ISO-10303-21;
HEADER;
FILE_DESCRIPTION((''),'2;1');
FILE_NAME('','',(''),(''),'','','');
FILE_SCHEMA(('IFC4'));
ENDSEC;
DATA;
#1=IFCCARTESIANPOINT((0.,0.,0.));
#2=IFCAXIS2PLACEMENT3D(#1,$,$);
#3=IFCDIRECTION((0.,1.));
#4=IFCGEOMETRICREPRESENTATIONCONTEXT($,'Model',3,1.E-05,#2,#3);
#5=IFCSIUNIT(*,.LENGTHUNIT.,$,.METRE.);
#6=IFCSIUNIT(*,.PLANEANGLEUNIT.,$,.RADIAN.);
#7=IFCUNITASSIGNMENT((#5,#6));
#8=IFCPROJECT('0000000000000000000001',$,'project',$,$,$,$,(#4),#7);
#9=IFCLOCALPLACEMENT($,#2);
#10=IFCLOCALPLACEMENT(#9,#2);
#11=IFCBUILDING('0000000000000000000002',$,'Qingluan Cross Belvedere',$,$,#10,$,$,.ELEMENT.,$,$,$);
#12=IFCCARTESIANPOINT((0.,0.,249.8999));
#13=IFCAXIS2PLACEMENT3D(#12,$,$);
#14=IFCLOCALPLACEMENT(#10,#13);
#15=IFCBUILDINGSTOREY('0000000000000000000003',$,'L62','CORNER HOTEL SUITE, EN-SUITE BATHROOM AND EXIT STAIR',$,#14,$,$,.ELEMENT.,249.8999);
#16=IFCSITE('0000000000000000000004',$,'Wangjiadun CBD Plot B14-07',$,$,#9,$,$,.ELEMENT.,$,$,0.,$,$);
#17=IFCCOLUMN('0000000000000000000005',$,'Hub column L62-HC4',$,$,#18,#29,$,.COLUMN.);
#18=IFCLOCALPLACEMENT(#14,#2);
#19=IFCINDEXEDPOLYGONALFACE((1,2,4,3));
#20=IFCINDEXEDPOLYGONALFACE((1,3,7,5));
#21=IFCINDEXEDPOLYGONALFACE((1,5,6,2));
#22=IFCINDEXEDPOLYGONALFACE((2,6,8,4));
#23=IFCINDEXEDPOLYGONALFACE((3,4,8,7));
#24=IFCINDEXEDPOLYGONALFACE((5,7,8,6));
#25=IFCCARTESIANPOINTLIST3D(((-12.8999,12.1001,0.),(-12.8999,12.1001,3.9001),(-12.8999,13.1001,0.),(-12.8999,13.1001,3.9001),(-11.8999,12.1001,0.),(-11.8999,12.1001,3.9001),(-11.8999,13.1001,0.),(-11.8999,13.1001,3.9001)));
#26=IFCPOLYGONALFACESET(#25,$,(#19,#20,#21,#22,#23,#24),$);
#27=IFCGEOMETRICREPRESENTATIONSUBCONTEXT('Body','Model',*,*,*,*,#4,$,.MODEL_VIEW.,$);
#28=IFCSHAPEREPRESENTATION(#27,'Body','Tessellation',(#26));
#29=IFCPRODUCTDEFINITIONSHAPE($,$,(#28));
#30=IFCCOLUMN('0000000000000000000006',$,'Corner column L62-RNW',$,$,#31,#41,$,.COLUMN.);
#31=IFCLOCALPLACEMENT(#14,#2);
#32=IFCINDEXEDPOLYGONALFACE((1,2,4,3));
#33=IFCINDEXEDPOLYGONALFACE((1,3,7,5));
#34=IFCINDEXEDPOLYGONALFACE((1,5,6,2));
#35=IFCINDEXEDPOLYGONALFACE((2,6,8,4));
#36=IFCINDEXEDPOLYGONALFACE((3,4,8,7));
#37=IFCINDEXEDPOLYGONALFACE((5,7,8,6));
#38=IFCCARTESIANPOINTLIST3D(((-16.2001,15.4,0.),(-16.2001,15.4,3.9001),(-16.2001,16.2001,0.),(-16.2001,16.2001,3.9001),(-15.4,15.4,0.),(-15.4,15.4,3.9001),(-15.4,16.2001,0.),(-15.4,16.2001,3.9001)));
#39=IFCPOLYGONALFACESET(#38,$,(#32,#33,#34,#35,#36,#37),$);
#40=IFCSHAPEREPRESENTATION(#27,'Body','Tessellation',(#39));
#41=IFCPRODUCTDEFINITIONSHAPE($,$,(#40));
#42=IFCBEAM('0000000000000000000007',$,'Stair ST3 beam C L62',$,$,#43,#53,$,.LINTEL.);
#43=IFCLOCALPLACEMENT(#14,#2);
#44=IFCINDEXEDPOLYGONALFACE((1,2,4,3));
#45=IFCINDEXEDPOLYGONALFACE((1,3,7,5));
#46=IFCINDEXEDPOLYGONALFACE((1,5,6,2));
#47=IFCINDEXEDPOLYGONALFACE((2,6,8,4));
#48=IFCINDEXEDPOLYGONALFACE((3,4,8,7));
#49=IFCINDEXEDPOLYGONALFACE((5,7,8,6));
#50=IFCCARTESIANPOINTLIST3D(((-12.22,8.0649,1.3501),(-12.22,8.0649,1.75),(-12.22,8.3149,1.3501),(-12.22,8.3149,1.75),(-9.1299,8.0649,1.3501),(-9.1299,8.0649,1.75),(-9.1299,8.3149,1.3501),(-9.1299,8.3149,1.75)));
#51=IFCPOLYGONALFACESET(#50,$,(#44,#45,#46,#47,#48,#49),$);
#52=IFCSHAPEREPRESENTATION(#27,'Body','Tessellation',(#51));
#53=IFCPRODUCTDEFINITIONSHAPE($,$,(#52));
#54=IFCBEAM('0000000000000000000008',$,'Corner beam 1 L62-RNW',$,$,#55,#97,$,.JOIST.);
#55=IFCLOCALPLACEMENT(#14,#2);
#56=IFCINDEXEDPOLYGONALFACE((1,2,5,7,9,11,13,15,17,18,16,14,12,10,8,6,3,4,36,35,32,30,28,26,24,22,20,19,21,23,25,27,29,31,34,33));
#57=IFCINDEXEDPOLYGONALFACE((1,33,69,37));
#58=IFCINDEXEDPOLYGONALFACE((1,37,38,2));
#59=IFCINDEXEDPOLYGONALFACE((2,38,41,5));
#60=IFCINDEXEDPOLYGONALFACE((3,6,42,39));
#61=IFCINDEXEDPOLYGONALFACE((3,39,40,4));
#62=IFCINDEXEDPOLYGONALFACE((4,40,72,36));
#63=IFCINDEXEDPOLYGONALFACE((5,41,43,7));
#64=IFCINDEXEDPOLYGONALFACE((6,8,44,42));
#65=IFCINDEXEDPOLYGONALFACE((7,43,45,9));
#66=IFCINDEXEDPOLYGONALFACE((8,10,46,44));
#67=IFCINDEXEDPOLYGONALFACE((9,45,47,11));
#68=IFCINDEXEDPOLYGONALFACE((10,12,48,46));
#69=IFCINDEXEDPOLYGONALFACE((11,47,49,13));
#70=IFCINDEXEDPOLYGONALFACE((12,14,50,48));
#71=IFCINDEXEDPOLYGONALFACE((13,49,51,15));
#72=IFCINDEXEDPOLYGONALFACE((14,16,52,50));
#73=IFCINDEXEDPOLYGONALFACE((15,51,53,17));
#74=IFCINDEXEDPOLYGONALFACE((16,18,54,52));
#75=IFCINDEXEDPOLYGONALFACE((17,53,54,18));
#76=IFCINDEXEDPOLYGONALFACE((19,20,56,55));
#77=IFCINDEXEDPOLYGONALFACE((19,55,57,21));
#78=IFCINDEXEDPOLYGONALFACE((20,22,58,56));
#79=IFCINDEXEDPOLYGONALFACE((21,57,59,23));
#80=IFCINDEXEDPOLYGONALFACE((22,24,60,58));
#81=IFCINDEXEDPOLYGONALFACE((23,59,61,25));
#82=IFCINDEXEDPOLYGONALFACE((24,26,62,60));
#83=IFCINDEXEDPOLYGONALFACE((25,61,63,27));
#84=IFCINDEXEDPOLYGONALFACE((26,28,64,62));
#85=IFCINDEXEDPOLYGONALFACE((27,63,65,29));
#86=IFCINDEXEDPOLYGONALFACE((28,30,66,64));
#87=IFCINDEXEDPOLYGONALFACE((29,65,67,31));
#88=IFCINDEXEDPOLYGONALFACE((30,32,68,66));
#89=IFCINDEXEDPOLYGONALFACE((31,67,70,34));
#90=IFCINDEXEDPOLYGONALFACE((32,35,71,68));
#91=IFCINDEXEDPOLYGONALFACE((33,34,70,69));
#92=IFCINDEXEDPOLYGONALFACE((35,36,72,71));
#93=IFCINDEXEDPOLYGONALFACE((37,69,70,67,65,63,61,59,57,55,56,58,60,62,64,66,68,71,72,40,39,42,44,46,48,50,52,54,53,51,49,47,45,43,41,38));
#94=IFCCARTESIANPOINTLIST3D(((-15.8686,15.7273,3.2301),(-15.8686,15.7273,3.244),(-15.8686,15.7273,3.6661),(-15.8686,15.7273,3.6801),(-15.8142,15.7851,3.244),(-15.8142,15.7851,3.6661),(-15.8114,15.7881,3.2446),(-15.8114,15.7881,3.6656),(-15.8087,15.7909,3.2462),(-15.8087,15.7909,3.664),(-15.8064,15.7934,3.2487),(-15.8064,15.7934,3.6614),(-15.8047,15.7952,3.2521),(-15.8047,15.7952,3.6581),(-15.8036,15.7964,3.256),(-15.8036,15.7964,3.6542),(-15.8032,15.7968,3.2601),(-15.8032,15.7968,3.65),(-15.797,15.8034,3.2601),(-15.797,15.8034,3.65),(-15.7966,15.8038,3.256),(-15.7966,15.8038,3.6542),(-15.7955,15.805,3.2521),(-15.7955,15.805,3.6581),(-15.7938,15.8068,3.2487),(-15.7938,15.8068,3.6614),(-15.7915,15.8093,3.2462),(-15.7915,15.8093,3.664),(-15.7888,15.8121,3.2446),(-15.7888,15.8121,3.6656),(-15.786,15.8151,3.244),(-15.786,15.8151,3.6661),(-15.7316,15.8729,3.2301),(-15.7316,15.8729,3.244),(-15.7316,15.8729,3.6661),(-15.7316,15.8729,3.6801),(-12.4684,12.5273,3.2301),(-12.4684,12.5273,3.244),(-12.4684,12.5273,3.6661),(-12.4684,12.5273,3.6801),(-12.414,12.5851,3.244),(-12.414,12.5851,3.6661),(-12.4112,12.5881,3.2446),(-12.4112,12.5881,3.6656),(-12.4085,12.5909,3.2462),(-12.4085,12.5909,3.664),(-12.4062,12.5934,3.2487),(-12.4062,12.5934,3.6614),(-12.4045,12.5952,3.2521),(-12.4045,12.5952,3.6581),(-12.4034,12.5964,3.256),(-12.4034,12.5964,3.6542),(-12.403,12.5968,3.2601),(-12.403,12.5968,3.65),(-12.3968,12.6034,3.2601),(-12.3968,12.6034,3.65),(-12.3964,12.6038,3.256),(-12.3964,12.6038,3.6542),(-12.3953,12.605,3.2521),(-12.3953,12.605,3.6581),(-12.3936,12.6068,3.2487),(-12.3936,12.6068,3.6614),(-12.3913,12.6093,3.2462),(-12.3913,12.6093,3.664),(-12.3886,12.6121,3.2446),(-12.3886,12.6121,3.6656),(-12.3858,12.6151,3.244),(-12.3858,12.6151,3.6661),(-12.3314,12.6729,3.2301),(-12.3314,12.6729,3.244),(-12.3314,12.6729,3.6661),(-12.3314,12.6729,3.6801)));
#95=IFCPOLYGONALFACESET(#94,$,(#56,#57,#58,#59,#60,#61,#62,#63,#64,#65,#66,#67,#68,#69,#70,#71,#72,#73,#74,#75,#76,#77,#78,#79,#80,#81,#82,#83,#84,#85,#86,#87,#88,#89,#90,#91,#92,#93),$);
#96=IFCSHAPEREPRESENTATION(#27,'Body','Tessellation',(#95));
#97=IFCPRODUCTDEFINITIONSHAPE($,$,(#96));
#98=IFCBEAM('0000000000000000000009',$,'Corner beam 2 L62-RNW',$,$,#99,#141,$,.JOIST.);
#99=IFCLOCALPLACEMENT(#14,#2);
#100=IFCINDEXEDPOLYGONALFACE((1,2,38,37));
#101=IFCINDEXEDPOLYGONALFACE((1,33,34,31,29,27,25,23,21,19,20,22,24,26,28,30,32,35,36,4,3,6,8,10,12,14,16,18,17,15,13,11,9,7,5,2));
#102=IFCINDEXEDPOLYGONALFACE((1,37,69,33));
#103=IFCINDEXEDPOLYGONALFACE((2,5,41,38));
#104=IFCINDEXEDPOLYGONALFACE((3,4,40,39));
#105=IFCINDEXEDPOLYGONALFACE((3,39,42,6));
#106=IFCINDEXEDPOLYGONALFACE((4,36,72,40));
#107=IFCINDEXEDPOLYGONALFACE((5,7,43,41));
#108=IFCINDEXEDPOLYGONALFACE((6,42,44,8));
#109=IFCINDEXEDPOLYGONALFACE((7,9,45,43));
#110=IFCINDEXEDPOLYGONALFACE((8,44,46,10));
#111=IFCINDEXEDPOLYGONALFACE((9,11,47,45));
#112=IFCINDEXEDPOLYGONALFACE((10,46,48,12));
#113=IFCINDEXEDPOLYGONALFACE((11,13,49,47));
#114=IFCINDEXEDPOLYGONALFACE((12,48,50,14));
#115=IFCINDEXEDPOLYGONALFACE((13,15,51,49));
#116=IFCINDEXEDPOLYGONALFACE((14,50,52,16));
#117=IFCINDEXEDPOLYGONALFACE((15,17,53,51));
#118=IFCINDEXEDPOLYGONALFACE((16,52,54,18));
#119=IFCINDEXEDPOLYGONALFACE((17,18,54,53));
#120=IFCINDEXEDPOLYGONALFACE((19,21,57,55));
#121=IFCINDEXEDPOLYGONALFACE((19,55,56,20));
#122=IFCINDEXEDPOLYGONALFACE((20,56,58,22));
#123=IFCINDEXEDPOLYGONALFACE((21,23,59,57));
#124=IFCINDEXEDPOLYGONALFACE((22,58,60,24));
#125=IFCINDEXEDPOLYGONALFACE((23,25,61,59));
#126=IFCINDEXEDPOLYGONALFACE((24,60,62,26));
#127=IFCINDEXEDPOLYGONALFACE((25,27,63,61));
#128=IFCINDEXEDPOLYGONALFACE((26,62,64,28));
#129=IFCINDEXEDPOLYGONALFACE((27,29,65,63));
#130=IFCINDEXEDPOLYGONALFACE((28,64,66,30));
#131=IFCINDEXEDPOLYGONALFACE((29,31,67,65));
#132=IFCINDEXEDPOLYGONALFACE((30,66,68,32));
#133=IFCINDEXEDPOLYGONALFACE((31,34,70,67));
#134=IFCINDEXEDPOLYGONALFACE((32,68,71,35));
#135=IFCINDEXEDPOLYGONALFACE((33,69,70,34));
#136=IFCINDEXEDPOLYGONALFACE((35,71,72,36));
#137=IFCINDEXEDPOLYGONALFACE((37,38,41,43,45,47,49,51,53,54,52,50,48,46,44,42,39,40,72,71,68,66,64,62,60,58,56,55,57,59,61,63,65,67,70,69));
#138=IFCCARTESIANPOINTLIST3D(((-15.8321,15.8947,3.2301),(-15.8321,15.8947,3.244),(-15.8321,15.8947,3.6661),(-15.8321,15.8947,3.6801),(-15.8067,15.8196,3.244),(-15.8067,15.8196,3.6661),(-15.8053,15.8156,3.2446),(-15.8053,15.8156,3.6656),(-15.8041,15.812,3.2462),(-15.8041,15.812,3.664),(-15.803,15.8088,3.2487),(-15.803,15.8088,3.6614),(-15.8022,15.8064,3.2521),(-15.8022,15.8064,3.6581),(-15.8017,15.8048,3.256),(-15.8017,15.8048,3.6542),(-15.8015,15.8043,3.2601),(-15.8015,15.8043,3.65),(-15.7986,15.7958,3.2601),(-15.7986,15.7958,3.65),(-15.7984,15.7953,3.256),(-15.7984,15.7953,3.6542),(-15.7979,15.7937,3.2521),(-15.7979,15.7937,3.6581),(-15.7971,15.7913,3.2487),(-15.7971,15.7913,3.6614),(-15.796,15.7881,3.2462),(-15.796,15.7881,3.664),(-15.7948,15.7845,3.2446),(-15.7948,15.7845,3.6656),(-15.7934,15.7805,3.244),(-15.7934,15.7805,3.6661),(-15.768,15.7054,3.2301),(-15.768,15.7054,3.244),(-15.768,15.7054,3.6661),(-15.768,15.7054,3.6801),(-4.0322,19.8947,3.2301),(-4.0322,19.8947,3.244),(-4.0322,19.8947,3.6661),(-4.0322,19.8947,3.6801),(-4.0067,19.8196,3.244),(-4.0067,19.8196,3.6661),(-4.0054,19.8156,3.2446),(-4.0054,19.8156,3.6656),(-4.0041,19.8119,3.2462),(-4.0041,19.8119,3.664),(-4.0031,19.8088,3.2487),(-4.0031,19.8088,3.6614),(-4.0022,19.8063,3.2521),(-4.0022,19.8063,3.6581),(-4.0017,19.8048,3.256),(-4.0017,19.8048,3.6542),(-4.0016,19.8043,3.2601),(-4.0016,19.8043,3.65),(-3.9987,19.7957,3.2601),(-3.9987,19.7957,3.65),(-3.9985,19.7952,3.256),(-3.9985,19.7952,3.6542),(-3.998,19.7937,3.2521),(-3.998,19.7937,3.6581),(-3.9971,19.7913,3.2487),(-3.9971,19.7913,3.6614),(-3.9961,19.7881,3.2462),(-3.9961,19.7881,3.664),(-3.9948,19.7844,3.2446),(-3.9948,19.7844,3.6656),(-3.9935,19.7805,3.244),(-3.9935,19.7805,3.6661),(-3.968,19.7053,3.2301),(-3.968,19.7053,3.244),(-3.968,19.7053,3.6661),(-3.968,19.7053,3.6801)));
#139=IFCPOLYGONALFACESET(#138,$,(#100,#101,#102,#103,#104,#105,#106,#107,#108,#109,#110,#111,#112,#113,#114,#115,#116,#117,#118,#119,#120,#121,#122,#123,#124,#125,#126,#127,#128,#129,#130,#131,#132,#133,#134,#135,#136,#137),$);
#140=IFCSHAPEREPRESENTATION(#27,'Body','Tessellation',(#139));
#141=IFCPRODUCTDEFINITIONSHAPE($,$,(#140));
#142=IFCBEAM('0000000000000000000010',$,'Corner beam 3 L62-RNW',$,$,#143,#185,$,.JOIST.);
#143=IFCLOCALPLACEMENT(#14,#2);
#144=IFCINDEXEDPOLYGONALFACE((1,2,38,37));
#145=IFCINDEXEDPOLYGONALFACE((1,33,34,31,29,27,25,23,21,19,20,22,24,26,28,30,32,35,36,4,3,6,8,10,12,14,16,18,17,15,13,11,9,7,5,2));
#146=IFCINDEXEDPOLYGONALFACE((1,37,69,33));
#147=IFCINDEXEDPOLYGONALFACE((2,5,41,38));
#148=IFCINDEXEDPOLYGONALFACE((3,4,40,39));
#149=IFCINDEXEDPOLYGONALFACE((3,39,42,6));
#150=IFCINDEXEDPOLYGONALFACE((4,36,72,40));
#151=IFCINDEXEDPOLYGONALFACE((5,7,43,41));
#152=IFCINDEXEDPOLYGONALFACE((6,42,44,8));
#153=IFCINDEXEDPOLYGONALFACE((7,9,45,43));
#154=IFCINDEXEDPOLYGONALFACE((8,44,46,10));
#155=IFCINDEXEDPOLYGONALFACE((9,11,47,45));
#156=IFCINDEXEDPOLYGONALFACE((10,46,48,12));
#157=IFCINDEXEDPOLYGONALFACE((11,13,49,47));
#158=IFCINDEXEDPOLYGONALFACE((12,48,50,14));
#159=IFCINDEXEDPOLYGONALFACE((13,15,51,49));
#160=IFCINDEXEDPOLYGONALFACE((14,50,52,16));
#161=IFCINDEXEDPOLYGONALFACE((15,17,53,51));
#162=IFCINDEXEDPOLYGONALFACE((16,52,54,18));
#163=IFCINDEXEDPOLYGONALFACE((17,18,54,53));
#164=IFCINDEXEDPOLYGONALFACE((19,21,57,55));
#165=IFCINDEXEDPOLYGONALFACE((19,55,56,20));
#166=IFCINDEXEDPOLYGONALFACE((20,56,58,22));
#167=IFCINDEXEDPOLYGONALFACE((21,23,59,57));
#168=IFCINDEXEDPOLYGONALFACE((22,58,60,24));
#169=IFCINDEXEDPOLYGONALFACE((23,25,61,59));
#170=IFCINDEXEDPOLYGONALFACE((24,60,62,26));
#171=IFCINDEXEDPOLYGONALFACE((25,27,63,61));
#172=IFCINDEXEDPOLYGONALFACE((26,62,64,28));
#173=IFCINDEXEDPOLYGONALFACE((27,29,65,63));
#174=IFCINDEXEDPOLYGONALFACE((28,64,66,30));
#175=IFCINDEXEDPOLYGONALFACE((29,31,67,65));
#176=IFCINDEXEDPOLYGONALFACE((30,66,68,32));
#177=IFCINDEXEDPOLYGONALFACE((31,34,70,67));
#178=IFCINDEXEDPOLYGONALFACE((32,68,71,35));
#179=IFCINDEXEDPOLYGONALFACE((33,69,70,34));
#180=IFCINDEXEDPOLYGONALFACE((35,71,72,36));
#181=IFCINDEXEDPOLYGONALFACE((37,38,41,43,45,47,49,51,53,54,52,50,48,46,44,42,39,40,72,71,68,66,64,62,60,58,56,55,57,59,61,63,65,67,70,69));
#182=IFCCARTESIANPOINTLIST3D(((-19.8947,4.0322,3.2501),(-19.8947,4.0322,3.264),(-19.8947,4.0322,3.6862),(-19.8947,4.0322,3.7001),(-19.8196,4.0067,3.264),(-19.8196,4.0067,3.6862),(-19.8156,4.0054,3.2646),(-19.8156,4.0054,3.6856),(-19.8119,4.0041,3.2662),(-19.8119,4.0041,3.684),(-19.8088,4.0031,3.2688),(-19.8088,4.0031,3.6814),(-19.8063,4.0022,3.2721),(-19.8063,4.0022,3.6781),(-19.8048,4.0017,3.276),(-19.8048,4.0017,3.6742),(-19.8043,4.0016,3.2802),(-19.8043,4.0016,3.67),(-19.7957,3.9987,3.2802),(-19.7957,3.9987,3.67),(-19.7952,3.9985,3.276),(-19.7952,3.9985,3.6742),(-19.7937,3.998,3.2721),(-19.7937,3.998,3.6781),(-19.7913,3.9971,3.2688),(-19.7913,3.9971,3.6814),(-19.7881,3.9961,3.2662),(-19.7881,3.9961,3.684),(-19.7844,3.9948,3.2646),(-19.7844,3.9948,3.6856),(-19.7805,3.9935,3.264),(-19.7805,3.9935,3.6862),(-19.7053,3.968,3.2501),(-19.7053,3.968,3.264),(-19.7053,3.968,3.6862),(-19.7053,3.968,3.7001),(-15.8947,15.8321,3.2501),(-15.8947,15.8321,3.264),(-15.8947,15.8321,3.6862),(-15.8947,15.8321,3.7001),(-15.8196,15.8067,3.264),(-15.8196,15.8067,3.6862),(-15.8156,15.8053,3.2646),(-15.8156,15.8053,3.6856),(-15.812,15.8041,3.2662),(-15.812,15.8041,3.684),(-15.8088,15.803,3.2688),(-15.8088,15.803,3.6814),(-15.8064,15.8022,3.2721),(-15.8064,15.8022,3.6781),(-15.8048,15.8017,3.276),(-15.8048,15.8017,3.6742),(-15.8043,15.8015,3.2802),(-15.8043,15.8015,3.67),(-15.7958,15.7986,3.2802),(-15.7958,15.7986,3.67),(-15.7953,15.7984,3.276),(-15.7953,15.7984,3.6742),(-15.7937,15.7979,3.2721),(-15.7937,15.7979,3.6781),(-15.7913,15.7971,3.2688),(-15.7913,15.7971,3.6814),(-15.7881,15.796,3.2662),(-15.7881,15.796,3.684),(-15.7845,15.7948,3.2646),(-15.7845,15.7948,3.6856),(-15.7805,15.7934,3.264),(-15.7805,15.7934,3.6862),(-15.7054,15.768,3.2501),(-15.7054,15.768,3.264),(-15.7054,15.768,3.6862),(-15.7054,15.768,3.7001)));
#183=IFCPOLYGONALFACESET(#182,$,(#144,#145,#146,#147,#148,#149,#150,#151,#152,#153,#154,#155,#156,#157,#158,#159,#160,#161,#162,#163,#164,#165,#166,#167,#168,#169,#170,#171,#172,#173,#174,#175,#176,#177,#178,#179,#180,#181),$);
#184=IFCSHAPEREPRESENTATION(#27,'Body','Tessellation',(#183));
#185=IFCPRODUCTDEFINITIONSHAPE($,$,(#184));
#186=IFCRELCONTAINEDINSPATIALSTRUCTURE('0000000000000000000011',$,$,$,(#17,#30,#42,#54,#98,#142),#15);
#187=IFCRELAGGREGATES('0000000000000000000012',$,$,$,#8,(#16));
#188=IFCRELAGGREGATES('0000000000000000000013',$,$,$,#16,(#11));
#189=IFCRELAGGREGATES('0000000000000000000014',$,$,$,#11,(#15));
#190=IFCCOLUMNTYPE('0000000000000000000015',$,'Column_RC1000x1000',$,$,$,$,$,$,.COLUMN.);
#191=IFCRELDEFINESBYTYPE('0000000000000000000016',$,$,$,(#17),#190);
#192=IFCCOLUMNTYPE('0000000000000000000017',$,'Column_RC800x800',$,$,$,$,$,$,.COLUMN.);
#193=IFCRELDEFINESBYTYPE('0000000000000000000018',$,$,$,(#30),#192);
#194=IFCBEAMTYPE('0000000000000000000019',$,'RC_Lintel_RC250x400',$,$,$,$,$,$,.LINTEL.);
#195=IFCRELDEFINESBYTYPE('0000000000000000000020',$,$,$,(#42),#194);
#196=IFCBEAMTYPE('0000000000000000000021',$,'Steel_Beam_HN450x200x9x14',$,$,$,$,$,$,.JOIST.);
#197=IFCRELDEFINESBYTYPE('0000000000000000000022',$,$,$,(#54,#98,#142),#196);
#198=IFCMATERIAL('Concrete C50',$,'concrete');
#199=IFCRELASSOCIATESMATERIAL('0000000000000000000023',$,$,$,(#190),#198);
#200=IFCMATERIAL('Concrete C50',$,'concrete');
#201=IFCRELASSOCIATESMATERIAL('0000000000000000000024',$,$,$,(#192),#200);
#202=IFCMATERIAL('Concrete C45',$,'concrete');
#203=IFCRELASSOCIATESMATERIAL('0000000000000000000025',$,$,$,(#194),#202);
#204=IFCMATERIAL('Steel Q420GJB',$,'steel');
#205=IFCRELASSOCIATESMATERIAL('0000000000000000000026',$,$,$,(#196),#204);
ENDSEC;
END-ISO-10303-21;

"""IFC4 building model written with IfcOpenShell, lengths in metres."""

from ifc_helpers import new_model, si_unit, direction, frame, origin, origin_2d, place, context, subcontext, project, spatial, rectangle, i_section, extrude, material, material_profile, profile_set, type_object, element, save


model = new_model("IFC4")

# Units and contexts
model_context = context("Model", 3, precision=1e-05, world=origin(), true_north=direction((0.0, 1.0)))
body_context = subcontext(model_context, "Body", "Model", "MODEL_VIEW")
ifc_project = project(units=[si_unit("LENGTHUNIT", "METRE"), si_unit("PLANEANGLEUNIT", "RADIAN")], contexts=[model_context])

# Site, building, storey
site_placement = place(None, origin())
site = spatial("IfcSite", under=ifc_project, at=site_placement, Name="Wangjiadun CBD Plot B14-07", CompositionType="ELEMENT", RefElevation=0.0)
building_placement = place(site_placement, origin())
building = spatial("IfcBuilding", under=site, at=building_placement, Name="Qingluan Cross Belvedere", CompositionType="ELEMENT")
storey_placement = place(building_placement, frame((0.0, 0.0, 249.8999)))
storey = spatial("IfcBuildingStorey", under=building, at=storey_placement, Name="L62", Description="CORNER HOTEL SUITE, EN-SUITE BATHROOM AND EXIT STAIR", CompositionType="ELEMENT", Elevation=249.8999)

# Columns
ifc_material_1 = material(Name="Concrete C50", Category="concrete")
ifc_material_profile_1 = material_profile(ifc_material_1, rectangle(XDim=1.0, YDim=1.0, at=origin_2d()), Name="RC1000x1000")
ifc_profile_set_1 = profile_set([ifc_material_profile_1], Name="Concrete C50")
column_type_1 = type_object("IfcColumnType", Name="Column_RC1000x1000", PredefinedType="COLUMN", material=ifc_profile_set_1)
column_1_placement = place(storey_placement, frame((-12.3999, 12.6001, 0.0), z_axis=(0.0, 0.0, 1.0), x_axis=(1.0, 0.0, 0.0)))
element("IfcColumn", 1, at=column_1_placement, inside=storey, type_object=column_type_1, Name="Hub column L62-HC4", PredefinedType="COLUMN", context=body_context, shape_type="SweptSolid", body=[
    extrude(rectangle(XDim=1.0, YDim=1.0, at=origin_2d()), origin(), (0.0, 0.0, 1.0), 3.9001),
])
ifc_material_2 = material(Name="Concrete C50", Category="concrete")
ifc_material_profile_2 = material_profile(ifc_material_2, rectangle(XDim=0.8, YDim=0.8, at=origin_2d()), Name="RC800x800")
ifc_profile_set_2 = profile_set([ifc_material_profile_2], Name="Concrete C50")
column_type_2 = type_object("IfcColumnType", Name="Column_RC800x800", PredefinedType="COLUMN", material=ifc_profile_set_2)
column_2_placement = place(storey_placement, frame((-15.8, 15.8, 0.0), z_axis=(0.0, 0.0, 1.0), x_axis=(1.0, 0.0, 0.0)))
element("IfcColumn", 2, at=column_2_placement, inside=storey, type_object=column_type_2, Name="Corner column L62-RNW", PredefinedType="COLUMN", context=body_context, shape_type="SweptSolid", body=[
    extrude(rectangle(XDim=0.8, YDim=0.8, at=origin_2d()), origin(), (0.0, 0.0, 1.0), 3.9001),
])

# Beams
ifc_material_3 = material(Name="Concrete C45", Category="concrete")
ifc_material_profile_3 = material_profile(ifc_material_3, rectangle(XDim=0.25, YDim=0.3999, at=origin_2d()), Name="RC250x400")
ifc_profile_set_3 = profile_set([ifc_material_profile_3], Name="Concrete C45")
beam_type_1 = type_object("IfcBeamType", Name="RC_Lintel_RC250x400", PredefinedType="LINTEL", material=ifc_profile_set_3)
beam_1_placement = place(storey_placement, frame((-12.22, 8.1899, 1.55), z_axis=(1.0, 0.0, 0.0), x_axis=(0.0, 1.0, 0.0)))
element("IfcBeam", 3, at=beam_1_placement, inside=storey, type_object=beam_type_1, Name="Stair ST3 beam C L62", PredefinedType="LINTEL", context=body_context, shape_type="SweptSolid", body=[
    extrude(rectangle(XDim=0.25, YDim=0.3999, at=origin_2d()), origin(), (0.0, 0.0, 1.0), 3.0901),
])
ifc_material_4 = material(Name="Steel Q420GJB", Category="steel")
ifc_material_profile_4 = material_profile(ifc_material_4, i_section(OverallWidth=0.2, OverallDepth=0.45, WebThickness=0.009, FlangeThickness=0.0139, FilletRadius=0.0161, at=origin_2d()), Name="HN450x200x9x14")
ifc_profile_set_4 = profile_set([ifc_material_profile_4], Name="Steel Q420GJB")
beam_type_2 = type_object("IfcBeamType", Name="Steel_Beam_HN450x200x9x14", PredefinedType="JOIST", material=ifc_profile_set_4)
beam_2_placement = place(storey_placement, frame((-12.3999, 12.6001, 3.4551), z_axis=(-0.72822, 0.685343, 0.0), x_axis=(-0.685343, -0.72822, 0.0)))
element("IfcBeam", 4, at=beam_2_placement, inside=storey, type_object=beam_type_2, Name="Corner beam 1 L62-RNW", PredefinedType="JOIST", context=body_context, shape_type="SweptSolid", body=[
    extrude(i_section(OverallWidth=0.2, OverallDepth=0.45, WebThickness=0.009, FlangeThickness=0.0139, FilletRadius=0.0161, at=origin_2d()), origin(), (0.0, 0.0, 1.0), 4.6692),
])
for number, where, z_axis, x_axis, name in (
    (5, (-15.8, 15.8, 3.4551), (0.947066, 0.321038, 0.0), (-0.321038, 0.947066, 0.0), "Corner beam 2 L62-RNW"),
    (6, (-15.8, 15.8, 3.4751), (-0.321038, -0.947066, 0.0), (0.947066, -0.321038, 0.0), "Corner beam 3 L62-RNW"),
):
    element("IfcBeam", number, at=place(storey_placement, frame(where, z_axis=z_axis, x_axis=x_axis)), inside=storey, type_object=beam_type_2, Name=name, PredefinedType="JOIST", context=body_context, shape_type="SweptSolid", body=[
        extrude(i_section(OverallWidth=0.2, OverallDepth=0.45, WebThickness=0.009, FlangeThickness=0.0139, FilletRadius=0.0161, at=origin_2d()), origin(), (0.0, 0.0, 1.0), 12.4595),
    ])

save(model, "model.ifc")
